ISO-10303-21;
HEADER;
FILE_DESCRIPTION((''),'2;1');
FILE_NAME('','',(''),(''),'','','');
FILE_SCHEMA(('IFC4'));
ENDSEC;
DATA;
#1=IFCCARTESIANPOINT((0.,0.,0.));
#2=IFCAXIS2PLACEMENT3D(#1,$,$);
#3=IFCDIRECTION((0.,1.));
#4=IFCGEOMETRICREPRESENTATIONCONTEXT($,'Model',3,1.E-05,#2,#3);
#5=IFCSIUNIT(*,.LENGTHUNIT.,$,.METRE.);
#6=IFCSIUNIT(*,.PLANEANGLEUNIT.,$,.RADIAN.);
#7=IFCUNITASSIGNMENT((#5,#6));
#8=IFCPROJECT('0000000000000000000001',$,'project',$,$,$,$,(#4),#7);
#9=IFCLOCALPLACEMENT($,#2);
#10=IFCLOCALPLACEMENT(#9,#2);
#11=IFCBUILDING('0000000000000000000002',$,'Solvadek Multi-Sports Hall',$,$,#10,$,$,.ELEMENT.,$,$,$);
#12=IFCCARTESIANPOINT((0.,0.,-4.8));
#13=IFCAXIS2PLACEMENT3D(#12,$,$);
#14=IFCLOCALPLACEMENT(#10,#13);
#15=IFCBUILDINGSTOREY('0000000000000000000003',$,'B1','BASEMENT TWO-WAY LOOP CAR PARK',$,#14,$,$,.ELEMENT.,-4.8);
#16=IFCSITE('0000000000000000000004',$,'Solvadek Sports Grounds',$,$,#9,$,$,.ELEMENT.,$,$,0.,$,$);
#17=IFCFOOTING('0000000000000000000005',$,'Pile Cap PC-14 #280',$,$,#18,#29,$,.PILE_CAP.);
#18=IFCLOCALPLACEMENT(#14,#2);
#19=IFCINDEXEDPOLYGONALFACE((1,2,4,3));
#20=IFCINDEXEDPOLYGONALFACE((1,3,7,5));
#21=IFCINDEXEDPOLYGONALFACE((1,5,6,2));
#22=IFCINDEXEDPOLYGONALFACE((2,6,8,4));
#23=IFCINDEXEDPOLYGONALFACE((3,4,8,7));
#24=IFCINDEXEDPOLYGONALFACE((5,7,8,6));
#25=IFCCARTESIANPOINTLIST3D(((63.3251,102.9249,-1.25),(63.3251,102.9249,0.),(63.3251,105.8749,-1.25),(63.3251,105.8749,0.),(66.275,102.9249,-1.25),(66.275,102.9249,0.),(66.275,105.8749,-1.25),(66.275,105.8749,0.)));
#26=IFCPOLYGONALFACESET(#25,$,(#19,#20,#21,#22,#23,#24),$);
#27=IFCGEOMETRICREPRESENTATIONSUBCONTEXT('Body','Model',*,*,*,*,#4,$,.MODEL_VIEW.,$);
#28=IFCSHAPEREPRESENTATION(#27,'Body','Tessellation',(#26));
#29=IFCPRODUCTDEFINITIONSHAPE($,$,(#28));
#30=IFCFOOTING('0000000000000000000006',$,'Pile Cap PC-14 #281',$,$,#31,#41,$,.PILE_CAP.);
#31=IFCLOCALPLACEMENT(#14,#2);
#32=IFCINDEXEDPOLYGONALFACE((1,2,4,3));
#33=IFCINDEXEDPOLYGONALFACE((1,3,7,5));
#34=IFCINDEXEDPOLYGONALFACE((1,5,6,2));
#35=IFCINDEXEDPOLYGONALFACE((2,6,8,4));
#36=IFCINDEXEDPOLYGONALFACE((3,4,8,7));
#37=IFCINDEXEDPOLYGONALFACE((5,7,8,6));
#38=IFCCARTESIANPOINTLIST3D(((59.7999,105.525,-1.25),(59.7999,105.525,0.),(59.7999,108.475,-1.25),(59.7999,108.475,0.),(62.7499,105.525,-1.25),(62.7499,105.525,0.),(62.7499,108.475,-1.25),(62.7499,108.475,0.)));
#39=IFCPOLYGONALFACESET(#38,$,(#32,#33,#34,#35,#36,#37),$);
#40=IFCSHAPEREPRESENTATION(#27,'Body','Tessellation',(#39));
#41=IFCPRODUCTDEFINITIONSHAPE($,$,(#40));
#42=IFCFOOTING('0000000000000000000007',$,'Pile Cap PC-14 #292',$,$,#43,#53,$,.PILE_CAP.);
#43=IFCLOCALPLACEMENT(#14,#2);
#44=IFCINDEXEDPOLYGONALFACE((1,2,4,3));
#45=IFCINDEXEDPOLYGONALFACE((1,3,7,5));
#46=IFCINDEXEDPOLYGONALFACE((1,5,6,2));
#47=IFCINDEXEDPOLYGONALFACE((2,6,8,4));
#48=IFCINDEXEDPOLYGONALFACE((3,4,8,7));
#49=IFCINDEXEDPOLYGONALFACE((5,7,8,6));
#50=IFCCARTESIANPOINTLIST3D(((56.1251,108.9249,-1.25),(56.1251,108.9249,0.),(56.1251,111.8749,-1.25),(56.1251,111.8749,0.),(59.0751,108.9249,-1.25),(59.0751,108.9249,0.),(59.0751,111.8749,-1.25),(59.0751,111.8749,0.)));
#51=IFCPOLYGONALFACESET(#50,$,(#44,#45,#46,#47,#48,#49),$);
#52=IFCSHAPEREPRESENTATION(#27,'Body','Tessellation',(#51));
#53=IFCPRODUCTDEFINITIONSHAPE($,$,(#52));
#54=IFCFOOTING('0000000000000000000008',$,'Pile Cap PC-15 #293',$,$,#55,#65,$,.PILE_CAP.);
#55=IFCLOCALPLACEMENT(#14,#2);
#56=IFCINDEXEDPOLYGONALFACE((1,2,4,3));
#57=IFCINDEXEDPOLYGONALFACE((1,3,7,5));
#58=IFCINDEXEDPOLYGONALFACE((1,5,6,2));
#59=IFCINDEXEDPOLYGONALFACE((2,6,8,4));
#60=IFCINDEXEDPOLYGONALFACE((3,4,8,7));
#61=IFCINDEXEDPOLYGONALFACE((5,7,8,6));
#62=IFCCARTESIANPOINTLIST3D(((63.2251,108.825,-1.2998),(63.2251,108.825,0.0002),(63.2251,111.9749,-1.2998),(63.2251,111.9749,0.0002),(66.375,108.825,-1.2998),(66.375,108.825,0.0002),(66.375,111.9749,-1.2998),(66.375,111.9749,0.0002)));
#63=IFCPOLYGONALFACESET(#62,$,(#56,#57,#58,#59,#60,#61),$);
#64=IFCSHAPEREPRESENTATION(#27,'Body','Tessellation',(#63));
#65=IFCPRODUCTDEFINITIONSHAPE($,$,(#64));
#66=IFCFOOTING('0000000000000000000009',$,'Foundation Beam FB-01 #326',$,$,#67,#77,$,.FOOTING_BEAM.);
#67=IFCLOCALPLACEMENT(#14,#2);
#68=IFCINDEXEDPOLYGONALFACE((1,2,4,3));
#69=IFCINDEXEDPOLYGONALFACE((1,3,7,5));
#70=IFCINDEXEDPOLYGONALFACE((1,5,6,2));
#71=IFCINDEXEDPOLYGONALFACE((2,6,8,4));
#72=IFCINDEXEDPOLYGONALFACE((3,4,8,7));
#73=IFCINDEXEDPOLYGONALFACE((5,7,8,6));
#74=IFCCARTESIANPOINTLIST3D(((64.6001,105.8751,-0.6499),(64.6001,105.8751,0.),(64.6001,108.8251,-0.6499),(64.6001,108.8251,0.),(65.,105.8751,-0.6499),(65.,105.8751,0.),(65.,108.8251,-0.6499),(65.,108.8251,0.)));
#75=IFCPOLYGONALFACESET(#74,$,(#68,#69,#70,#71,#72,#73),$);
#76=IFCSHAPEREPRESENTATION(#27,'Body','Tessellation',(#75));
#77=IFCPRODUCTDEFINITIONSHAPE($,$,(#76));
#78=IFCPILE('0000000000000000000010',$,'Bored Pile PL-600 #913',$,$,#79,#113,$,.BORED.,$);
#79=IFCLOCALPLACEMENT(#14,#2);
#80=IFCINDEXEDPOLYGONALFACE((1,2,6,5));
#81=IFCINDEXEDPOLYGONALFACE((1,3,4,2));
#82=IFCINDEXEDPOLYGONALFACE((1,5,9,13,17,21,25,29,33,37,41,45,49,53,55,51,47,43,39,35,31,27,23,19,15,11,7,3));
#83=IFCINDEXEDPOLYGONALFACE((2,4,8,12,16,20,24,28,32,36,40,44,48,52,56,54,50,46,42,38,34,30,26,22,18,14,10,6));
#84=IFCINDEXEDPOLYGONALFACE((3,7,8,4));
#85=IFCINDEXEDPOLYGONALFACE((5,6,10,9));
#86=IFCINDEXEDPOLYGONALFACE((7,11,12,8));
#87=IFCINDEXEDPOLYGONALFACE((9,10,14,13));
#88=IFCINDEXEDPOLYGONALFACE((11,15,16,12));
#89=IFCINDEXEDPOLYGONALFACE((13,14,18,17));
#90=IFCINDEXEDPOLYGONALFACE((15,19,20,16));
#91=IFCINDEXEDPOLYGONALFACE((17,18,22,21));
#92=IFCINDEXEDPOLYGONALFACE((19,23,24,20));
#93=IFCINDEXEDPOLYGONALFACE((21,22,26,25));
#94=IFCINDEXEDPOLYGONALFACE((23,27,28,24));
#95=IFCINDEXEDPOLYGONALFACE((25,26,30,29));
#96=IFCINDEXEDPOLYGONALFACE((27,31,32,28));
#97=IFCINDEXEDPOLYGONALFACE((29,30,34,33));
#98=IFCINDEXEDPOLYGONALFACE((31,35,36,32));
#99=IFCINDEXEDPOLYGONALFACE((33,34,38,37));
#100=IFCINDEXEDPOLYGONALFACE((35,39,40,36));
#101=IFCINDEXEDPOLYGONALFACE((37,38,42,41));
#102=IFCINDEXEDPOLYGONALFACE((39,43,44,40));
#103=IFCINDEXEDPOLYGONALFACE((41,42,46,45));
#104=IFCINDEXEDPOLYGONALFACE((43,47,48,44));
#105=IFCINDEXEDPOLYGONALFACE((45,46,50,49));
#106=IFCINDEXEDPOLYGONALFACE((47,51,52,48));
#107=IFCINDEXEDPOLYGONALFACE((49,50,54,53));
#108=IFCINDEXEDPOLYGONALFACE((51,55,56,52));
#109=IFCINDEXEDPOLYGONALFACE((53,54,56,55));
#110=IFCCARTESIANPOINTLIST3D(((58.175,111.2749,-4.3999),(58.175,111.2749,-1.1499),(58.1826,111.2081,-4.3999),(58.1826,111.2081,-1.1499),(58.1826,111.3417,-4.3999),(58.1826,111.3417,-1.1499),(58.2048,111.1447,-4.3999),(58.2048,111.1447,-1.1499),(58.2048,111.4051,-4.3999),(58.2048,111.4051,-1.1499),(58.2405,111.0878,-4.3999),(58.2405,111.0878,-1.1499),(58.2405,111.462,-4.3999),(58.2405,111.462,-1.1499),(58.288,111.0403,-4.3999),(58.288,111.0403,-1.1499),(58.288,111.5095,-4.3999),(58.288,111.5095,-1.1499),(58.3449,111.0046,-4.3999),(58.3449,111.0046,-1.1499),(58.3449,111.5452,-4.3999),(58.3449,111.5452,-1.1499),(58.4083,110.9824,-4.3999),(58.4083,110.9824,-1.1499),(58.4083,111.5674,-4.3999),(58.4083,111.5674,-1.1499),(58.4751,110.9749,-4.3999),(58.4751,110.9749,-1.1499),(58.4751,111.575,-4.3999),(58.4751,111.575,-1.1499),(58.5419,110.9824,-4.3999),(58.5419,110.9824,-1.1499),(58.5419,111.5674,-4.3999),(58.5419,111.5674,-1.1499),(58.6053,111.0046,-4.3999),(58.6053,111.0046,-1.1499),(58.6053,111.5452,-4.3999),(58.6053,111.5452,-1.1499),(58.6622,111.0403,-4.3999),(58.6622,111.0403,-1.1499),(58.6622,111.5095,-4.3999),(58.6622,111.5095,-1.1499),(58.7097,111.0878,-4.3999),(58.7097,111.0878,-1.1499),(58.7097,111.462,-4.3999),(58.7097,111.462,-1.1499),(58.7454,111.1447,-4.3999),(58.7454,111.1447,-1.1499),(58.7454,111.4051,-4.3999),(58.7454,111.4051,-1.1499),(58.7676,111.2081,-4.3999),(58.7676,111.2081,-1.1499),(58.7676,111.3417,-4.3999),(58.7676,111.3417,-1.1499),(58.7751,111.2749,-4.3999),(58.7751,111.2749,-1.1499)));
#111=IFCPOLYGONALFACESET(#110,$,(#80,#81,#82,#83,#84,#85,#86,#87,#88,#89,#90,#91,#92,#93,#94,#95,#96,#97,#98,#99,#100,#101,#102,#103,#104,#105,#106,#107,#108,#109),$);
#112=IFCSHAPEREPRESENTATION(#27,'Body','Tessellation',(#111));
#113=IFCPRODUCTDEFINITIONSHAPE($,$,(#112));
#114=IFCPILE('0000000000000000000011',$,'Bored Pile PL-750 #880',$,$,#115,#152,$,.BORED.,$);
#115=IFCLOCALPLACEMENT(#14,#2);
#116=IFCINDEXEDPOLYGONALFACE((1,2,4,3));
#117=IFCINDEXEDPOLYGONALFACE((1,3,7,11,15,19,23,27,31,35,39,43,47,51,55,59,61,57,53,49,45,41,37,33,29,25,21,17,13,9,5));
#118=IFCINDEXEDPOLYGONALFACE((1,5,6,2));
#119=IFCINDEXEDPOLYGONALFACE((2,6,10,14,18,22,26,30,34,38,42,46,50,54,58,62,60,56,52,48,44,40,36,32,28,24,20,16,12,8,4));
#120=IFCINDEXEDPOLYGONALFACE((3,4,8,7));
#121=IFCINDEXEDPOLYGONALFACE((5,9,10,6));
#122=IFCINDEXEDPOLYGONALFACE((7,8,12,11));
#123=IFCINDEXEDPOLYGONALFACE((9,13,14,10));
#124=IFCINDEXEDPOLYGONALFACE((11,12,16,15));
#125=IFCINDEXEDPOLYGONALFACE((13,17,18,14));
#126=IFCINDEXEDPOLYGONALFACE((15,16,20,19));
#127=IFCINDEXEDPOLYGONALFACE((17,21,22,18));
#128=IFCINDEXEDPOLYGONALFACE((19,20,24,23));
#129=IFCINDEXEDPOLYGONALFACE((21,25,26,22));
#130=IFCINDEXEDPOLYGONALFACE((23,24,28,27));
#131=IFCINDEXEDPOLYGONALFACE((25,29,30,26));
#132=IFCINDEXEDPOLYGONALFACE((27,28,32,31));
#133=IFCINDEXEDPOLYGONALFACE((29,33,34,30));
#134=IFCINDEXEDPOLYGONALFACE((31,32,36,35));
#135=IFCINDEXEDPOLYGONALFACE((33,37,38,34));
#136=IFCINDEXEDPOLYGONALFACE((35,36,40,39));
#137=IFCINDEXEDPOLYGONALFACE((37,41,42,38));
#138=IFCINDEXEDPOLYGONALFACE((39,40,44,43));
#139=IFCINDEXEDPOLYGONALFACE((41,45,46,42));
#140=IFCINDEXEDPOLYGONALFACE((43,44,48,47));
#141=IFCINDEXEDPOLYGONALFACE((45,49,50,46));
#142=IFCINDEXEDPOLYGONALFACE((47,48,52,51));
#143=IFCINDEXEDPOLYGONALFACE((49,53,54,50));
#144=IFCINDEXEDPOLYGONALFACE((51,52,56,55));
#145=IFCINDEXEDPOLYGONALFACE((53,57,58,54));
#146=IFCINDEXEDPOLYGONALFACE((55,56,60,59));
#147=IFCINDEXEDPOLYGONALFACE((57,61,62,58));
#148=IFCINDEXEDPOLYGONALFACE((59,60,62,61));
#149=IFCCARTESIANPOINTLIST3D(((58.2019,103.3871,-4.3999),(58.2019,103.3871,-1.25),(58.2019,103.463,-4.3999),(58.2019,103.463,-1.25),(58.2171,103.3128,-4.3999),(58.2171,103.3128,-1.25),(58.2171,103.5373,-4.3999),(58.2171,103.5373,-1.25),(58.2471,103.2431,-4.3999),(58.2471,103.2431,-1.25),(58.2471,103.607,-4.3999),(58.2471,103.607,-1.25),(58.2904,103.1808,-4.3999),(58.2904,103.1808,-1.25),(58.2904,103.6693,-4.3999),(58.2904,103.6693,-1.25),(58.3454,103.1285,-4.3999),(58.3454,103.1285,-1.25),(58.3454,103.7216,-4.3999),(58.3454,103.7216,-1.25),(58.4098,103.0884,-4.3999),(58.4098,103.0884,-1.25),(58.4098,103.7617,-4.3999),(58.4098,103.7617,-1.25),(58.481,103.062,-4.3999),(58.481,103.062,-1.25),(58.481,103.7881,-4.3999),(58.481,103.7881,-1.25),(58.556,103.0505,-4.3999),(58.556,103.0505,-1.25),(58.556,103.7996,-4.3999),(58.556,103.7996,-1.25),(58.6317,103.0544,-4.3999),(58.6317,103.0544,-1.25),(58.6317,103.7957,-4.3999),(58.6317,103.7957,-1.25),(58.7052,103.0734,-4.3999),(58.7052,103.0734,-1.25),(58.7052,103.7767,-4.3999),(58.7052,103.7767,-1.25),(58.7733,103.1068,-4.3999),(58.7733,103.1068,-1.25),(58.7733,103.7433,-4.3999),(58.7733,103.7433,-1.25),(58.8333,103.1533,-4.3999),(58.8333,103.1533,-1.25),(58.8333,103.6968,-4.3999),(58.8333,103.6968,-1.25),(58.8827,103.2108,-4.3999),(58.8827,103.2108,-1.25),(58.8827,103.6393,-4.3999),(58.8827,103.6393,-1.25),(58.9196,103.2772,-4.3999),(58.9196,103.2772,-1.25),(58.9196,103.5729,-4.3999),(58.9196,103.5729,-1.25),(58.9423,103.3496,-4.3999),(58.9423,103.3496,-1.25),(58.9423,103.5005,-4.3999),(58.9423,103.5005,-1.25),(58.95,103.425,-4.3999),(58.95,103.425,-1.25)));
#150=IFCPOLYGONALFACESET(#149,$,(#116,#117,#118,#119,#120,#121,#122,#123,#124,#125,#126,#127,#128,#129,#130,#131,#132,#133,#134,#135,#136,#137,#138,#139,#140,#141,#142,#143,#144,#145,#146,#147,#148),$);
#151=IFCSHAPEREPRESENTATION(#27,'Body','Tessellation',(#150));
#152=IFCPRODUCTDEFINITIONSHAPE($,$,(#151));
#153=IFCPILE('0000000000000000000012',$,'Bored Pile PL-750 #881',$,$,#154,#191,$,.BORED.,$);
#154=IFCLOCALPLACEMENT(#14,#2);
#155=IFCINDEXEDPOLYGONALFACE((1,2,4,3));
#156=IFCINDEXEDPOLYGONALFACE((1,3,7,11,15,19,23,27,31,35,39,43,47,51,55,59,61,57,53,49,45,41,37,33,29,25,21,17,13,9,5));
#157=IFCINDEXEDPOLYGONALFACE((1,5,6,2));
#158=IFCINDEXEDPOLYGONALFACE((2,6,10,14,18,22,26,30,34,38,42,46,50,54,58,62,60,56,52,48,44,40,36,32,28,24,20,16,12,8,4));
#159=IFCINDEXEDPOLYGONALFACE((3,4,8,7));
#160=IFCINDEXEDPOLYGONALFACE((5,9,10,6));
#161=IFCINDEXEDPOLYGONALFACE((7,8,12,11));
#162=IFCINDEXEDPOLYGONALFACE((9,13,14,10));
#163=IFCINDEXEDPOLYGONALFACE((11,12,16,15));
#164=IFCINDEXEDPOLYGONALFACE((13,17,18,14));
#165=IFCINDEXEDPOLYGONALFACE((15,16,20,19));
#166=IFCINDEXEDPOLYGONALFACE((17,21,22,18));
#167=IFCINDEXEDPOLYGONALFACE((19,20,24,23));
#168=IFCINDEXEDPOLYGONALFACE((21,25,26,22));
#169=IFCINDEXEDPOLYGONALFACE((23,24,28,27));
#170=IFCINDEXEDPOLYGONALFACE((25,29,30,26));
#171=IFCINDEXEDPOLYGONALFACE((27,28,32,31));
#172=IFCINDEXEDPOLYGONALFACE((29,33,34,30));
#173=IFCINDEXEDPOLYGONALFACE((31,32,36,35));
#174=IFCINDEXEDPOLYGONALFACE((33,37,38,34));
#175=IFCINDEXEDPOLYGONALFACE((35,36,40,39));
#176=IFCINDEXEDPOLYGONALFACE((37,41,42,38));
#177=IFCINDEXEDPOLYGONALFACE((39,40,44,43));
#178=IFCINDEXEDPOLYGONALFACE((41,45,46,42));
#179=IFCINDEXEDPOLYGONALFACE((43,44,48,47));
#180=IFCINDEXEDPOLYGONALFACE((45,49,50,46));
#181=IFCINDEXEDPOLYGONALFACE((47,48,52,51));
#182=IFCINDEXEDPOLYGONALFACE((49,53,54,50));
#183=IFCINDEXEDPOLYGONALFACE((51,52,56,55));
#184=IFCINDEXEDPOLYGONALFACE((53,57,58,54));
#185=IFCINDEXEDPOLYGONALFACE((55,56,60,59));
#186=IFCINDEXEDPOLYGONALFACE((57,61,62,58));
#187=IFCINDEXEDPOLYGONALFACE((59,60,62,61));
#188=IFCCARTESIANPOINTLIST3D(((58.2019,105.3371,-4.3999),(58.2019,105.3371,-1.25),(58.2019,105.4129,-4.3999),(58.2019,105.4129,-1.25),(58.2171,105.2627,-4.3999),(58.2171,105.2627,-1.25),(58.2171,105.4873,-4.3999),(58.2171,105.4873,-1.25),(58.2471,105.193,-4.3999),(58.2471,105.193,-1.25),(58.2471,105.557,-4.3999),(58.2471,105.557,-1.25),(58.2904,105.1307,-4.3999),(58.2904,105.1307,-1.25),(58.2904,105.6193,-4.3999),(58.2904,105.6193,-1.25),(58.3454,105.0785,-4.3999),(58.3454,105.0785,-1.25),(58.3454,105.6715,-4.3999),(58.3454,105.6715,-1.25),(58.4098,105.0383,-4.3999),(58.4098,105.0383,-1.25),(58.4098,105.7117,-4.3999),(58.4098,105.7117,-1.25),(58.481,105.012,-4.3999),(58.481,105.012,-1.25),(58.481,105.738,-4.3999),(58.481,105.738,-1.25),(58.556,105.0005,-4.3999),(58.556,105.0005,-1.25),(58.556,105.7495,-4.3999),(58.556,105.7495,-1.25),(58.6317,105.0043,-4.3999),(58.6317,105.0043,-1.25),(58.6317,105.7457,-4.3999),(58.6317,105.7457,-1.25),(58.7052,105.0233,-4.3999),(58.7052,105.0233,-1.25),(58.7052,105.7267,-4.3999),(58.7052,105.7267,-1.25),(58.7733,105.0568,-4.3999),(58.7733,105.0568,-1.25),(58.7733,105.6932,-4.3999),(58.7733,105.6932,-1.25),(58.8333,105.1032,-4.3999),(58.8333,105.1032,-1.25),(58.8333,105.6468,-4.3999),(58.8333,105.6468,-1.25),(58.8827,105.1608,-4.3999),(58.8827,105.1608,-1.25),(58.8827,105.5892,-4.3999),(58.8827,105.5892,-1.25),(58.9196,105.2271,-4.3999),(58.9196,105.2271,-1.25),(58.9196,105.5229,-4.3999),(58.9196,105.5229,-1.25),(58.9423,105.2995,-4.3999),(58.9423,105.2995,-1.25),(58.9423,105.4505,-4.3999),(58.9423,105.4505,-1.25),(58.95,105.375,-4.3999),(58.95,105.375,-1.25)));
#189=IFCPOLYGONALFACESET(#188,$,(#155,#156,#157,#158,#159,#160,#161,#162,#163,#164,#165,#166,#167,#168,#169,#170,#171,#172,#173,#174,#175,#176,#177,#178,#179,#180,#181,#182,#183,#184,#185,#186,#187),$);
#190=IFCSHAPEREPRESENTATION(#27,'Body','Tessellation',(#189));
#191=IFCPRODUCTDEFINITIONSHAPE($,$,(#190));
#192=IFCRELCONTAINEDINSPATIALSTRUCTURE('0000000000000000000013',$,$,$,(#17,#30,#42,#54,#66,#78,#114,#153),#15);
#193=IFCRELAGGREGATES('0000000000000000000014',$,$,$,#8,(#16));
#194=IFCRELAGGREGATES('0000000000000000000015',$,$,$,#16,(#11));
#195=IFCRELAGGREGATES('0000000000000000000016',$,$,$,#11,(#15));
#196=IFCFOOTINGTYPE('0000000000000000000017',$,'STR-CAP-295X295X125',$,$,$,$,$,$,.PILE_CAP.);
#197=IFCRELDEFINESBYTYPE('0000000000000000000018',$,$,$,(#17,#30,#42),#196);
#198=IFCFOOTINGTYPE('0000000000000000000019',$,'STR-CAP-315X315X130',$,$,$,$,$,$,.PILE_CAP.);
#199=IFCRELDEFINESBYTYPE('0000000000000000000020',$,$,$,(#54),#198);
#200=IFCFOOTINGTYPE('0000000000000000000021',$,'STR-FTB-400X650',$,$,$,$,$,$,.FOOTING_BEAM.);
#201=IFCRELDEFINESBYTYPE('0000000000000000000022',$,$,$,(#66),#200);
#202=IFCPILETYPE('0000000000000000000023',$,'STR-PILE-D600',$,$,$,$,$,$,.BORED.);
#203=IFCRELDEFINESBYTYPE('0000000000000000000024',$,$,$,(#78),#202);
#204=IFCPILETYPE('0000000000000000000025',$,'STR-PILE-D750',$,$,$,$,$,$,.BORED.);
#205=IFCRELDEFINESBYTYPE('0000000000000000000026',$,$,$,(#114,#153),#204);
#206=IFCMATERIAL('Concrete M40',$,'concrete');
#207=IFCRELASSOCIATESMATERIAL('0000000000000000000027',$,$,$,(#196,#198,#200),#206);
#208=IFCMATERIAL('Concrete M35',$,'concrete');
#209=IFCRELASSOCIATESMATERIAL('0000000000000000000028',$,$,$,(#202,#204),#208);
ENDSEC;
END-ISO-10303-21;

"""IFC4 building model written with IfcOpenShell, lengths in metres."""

from ifc_helpers import new_model, si_unit, direction, frame, origin, origin_2d, place, context, subcontext, project, spatial, rectangle, circle, extrude, material, material_profile, profile_set, type_object, element, save


model = new_model("IFC4")

# Units and contexts
model_context = context("Model", 3, precision=1e-05, world=origin(), true_north=direction((0.0, 1.0)))
body_context = subcontext(model_context, "Body", "Model", "MODEL_VIEW")
ifc_project = project(units=[si_unit("LENGTHUNIT", "METRE"), si_unit("PLANEANGLEUNIT", "RADIAN")], contexts=[model_context])

# Site, building, storey
site_placement = place(None, origin())
site = spatial("IfcSite", under=ifc_project, at=site_placement, Name="Solvadek Sports Grounds", CompositionType="ELEMENT", RefElevation=0.0)
building_placement = place(site_placement, origin())
building = spatial("IfcBuilding", under=site, at=building_placement, Name="Solvadek Multi-Sports Hall", CompositionType="ELEMENT")
storey_placement = place(building_placement, frame((0.0, 0.0, -4.8)))
storey = spatial("IfcBuildingStorey", under=building, at=storey_placement, Name="B1", Description="BASEMENT TWO-WAY LOOP CAR PARK", CompositionType="ELEMENT", Elevation=-4.8)

# Footings
ifc_material_1 = material(Name="Concrete M40", Category="concrete")
footing_type_1 = type_object("IfcFootingType", Name="STR-CAP-295X295X125", PredefinedType="PILE_CAP", material=ifc_material_1)
for number, where, z_axis, x_axis, name in (
    (1, (64.8, 104.3999, -1.25), (0.0, 0.0, 1.0), (1.0, 0.0, 0.0), "Pile Cap PC-14 #280"),
    (2, (61.2749, 107.0, -1.25), (0.0, 0.0, 1.0), (1.0, 0.0, 0.0), "Pile Cap PC-14 #281"),
    (3, (57.6001, 110.3999, -1.25), (0.0, 0.0, 1.0), (1.0, 0.0, 0.0), "Pile Cap PC-14 #292"),
):
    element("IfcFooting", number, at=place(storey_placement, frame(where, z_axis=z_axis, x_axis=x_axis)), inside=storey, type_object=footing_type_1, Name=name, PredefinedType="PILE_CAP", context=body_context, shape_type="SweptSolid", body=[
        extrude(rectangle(XDim=2.95, YDim=2.95, at=origin_2d()), origin(), (0.0, 0.0, 1.0), 1.25),
    ])
footing_type_2 = type_object("IfcFootingType", Name="STR-CAP-315X315X130", PredefinedType="PILE_CAP", material=ifc_material_1)
footing_1_placement = place(storey_placement, frame((64.8, 110.3999, -1.2998), z_axis=(0.0, 0.0, 1.0), x_axis=(1.0, 0.0, 0.0)))
element("IfcFooting", 4, at=footing_1_placement, inside=storey, type_object=footing_type_2, Name="Pile Cap PC-15 #293", PredefinedType="PILE_CAP", context=body_context, shape_type="SweptSolid", body=[
    extrude(rectangle(XDim=3.1499, YDim=3.1499, at=origin_2d()), origin(), (0.0, 0.0, 1.0), 1.3),
])
footing_type_3 = type_object("IfcFootingType", Name="STR-FTB-400X650", PredefinedType="FOOTING_BEAM", material=ifc_material_1)
footing_2_placement = place(storey_placement, frame((64.8, 107.3501, -0.6499), z_axis=(0.0, 0.0, 1.0), x_axis=(0.0, 1.0, 0.0)))
element("IfcFooting", 5, at=footing_2_placement, inside=storey, type_object=footing_type_3, Name="Foundation Beam FB-01 #326", PredefinedType="FOOTING_BEAM", context=body_context, shape_type="SweptSolid", body=[
    extrude(rectangle(XDim=2.95, YDim=0.3999, at=origin_2d()), origin(), (0.0, 0.0, 1.0), 0.6499),
])

# Piles
ifc_material_2 = material(Name="Concrete M35", Category="concrete")
ifc_material_profile_1 = material_profile(ifc_material_2, circle(Radius=0.3, at=origin_2d()), Name="BORED PILE D600")
ifc_profile_set_1 = profile_set([ifc_material_profile_1], Name="Concrete M35")
pile_type_1 = type_object("IfcPileType", Name="STR-PILE-D600", PredefinedType="BORED", material=ifc_profile_set_1)
pile_1_placement = place(storey_placement, frame((58.4751, 111.2749, -1.1499), z_axis=(0.0, 0.0, -1.0), x_axis=(1.0, 0.0, 0.0)))
element("IfcPile", 6, at=pile_1_placement, inside=storey, type_object=pile_type_1, Name="Bored Pile PL-600 #913", PredefinedType="BORED", context=body_context, shape_type="SweptSolid", body=[
    extrude(circle(Radius=0.3, at=origin_2d()), origin(), (0.0, 0.0, 1.0), 3.25),
])
ifc_material_profile_2 = material_profile(ifc_material_2, circle(Radius=0.375, at=origin_2d()), Name="BORED PILE D750")
ifc_profile_set_2 = profile_set([ifc_material_profile_2], Name="Concrete M35")
pile_type_2 = type_object("IfcPileType", Name="STR-PILE-D750", PredefinedType="BORED", material=ifc_profile_set_2)
for number, where, z_axis, x_axis, name in (
    (7, (58.575, 103.425, -1.25), (0.0, 0.0, -1.0), (1.0, 0.0, 0.0), "Bored Pile PL-750 #880"),
    (8, (58.575, 105.375, -1.25), (0.0, 0.0, -1.0), (1.0, 0.0, 0.0), "Bored Pile PL-750 #881"),
):
    element("IfcPile", number, at=place(storey_placement, frame(where, z_axis=z_axis, x_axis=x_axis)), inside=storey, type_object=pile_type_2, Name=name, PredefinedType="BORED", context=body_context, shape_type="SweptSolid", body=[
        extrude(circle(Radius=0.375, at=origin_2d()), origin(), (0.0, 0.0, 1.0), 3.1499),
    ])

save(model, "model.ifc")
